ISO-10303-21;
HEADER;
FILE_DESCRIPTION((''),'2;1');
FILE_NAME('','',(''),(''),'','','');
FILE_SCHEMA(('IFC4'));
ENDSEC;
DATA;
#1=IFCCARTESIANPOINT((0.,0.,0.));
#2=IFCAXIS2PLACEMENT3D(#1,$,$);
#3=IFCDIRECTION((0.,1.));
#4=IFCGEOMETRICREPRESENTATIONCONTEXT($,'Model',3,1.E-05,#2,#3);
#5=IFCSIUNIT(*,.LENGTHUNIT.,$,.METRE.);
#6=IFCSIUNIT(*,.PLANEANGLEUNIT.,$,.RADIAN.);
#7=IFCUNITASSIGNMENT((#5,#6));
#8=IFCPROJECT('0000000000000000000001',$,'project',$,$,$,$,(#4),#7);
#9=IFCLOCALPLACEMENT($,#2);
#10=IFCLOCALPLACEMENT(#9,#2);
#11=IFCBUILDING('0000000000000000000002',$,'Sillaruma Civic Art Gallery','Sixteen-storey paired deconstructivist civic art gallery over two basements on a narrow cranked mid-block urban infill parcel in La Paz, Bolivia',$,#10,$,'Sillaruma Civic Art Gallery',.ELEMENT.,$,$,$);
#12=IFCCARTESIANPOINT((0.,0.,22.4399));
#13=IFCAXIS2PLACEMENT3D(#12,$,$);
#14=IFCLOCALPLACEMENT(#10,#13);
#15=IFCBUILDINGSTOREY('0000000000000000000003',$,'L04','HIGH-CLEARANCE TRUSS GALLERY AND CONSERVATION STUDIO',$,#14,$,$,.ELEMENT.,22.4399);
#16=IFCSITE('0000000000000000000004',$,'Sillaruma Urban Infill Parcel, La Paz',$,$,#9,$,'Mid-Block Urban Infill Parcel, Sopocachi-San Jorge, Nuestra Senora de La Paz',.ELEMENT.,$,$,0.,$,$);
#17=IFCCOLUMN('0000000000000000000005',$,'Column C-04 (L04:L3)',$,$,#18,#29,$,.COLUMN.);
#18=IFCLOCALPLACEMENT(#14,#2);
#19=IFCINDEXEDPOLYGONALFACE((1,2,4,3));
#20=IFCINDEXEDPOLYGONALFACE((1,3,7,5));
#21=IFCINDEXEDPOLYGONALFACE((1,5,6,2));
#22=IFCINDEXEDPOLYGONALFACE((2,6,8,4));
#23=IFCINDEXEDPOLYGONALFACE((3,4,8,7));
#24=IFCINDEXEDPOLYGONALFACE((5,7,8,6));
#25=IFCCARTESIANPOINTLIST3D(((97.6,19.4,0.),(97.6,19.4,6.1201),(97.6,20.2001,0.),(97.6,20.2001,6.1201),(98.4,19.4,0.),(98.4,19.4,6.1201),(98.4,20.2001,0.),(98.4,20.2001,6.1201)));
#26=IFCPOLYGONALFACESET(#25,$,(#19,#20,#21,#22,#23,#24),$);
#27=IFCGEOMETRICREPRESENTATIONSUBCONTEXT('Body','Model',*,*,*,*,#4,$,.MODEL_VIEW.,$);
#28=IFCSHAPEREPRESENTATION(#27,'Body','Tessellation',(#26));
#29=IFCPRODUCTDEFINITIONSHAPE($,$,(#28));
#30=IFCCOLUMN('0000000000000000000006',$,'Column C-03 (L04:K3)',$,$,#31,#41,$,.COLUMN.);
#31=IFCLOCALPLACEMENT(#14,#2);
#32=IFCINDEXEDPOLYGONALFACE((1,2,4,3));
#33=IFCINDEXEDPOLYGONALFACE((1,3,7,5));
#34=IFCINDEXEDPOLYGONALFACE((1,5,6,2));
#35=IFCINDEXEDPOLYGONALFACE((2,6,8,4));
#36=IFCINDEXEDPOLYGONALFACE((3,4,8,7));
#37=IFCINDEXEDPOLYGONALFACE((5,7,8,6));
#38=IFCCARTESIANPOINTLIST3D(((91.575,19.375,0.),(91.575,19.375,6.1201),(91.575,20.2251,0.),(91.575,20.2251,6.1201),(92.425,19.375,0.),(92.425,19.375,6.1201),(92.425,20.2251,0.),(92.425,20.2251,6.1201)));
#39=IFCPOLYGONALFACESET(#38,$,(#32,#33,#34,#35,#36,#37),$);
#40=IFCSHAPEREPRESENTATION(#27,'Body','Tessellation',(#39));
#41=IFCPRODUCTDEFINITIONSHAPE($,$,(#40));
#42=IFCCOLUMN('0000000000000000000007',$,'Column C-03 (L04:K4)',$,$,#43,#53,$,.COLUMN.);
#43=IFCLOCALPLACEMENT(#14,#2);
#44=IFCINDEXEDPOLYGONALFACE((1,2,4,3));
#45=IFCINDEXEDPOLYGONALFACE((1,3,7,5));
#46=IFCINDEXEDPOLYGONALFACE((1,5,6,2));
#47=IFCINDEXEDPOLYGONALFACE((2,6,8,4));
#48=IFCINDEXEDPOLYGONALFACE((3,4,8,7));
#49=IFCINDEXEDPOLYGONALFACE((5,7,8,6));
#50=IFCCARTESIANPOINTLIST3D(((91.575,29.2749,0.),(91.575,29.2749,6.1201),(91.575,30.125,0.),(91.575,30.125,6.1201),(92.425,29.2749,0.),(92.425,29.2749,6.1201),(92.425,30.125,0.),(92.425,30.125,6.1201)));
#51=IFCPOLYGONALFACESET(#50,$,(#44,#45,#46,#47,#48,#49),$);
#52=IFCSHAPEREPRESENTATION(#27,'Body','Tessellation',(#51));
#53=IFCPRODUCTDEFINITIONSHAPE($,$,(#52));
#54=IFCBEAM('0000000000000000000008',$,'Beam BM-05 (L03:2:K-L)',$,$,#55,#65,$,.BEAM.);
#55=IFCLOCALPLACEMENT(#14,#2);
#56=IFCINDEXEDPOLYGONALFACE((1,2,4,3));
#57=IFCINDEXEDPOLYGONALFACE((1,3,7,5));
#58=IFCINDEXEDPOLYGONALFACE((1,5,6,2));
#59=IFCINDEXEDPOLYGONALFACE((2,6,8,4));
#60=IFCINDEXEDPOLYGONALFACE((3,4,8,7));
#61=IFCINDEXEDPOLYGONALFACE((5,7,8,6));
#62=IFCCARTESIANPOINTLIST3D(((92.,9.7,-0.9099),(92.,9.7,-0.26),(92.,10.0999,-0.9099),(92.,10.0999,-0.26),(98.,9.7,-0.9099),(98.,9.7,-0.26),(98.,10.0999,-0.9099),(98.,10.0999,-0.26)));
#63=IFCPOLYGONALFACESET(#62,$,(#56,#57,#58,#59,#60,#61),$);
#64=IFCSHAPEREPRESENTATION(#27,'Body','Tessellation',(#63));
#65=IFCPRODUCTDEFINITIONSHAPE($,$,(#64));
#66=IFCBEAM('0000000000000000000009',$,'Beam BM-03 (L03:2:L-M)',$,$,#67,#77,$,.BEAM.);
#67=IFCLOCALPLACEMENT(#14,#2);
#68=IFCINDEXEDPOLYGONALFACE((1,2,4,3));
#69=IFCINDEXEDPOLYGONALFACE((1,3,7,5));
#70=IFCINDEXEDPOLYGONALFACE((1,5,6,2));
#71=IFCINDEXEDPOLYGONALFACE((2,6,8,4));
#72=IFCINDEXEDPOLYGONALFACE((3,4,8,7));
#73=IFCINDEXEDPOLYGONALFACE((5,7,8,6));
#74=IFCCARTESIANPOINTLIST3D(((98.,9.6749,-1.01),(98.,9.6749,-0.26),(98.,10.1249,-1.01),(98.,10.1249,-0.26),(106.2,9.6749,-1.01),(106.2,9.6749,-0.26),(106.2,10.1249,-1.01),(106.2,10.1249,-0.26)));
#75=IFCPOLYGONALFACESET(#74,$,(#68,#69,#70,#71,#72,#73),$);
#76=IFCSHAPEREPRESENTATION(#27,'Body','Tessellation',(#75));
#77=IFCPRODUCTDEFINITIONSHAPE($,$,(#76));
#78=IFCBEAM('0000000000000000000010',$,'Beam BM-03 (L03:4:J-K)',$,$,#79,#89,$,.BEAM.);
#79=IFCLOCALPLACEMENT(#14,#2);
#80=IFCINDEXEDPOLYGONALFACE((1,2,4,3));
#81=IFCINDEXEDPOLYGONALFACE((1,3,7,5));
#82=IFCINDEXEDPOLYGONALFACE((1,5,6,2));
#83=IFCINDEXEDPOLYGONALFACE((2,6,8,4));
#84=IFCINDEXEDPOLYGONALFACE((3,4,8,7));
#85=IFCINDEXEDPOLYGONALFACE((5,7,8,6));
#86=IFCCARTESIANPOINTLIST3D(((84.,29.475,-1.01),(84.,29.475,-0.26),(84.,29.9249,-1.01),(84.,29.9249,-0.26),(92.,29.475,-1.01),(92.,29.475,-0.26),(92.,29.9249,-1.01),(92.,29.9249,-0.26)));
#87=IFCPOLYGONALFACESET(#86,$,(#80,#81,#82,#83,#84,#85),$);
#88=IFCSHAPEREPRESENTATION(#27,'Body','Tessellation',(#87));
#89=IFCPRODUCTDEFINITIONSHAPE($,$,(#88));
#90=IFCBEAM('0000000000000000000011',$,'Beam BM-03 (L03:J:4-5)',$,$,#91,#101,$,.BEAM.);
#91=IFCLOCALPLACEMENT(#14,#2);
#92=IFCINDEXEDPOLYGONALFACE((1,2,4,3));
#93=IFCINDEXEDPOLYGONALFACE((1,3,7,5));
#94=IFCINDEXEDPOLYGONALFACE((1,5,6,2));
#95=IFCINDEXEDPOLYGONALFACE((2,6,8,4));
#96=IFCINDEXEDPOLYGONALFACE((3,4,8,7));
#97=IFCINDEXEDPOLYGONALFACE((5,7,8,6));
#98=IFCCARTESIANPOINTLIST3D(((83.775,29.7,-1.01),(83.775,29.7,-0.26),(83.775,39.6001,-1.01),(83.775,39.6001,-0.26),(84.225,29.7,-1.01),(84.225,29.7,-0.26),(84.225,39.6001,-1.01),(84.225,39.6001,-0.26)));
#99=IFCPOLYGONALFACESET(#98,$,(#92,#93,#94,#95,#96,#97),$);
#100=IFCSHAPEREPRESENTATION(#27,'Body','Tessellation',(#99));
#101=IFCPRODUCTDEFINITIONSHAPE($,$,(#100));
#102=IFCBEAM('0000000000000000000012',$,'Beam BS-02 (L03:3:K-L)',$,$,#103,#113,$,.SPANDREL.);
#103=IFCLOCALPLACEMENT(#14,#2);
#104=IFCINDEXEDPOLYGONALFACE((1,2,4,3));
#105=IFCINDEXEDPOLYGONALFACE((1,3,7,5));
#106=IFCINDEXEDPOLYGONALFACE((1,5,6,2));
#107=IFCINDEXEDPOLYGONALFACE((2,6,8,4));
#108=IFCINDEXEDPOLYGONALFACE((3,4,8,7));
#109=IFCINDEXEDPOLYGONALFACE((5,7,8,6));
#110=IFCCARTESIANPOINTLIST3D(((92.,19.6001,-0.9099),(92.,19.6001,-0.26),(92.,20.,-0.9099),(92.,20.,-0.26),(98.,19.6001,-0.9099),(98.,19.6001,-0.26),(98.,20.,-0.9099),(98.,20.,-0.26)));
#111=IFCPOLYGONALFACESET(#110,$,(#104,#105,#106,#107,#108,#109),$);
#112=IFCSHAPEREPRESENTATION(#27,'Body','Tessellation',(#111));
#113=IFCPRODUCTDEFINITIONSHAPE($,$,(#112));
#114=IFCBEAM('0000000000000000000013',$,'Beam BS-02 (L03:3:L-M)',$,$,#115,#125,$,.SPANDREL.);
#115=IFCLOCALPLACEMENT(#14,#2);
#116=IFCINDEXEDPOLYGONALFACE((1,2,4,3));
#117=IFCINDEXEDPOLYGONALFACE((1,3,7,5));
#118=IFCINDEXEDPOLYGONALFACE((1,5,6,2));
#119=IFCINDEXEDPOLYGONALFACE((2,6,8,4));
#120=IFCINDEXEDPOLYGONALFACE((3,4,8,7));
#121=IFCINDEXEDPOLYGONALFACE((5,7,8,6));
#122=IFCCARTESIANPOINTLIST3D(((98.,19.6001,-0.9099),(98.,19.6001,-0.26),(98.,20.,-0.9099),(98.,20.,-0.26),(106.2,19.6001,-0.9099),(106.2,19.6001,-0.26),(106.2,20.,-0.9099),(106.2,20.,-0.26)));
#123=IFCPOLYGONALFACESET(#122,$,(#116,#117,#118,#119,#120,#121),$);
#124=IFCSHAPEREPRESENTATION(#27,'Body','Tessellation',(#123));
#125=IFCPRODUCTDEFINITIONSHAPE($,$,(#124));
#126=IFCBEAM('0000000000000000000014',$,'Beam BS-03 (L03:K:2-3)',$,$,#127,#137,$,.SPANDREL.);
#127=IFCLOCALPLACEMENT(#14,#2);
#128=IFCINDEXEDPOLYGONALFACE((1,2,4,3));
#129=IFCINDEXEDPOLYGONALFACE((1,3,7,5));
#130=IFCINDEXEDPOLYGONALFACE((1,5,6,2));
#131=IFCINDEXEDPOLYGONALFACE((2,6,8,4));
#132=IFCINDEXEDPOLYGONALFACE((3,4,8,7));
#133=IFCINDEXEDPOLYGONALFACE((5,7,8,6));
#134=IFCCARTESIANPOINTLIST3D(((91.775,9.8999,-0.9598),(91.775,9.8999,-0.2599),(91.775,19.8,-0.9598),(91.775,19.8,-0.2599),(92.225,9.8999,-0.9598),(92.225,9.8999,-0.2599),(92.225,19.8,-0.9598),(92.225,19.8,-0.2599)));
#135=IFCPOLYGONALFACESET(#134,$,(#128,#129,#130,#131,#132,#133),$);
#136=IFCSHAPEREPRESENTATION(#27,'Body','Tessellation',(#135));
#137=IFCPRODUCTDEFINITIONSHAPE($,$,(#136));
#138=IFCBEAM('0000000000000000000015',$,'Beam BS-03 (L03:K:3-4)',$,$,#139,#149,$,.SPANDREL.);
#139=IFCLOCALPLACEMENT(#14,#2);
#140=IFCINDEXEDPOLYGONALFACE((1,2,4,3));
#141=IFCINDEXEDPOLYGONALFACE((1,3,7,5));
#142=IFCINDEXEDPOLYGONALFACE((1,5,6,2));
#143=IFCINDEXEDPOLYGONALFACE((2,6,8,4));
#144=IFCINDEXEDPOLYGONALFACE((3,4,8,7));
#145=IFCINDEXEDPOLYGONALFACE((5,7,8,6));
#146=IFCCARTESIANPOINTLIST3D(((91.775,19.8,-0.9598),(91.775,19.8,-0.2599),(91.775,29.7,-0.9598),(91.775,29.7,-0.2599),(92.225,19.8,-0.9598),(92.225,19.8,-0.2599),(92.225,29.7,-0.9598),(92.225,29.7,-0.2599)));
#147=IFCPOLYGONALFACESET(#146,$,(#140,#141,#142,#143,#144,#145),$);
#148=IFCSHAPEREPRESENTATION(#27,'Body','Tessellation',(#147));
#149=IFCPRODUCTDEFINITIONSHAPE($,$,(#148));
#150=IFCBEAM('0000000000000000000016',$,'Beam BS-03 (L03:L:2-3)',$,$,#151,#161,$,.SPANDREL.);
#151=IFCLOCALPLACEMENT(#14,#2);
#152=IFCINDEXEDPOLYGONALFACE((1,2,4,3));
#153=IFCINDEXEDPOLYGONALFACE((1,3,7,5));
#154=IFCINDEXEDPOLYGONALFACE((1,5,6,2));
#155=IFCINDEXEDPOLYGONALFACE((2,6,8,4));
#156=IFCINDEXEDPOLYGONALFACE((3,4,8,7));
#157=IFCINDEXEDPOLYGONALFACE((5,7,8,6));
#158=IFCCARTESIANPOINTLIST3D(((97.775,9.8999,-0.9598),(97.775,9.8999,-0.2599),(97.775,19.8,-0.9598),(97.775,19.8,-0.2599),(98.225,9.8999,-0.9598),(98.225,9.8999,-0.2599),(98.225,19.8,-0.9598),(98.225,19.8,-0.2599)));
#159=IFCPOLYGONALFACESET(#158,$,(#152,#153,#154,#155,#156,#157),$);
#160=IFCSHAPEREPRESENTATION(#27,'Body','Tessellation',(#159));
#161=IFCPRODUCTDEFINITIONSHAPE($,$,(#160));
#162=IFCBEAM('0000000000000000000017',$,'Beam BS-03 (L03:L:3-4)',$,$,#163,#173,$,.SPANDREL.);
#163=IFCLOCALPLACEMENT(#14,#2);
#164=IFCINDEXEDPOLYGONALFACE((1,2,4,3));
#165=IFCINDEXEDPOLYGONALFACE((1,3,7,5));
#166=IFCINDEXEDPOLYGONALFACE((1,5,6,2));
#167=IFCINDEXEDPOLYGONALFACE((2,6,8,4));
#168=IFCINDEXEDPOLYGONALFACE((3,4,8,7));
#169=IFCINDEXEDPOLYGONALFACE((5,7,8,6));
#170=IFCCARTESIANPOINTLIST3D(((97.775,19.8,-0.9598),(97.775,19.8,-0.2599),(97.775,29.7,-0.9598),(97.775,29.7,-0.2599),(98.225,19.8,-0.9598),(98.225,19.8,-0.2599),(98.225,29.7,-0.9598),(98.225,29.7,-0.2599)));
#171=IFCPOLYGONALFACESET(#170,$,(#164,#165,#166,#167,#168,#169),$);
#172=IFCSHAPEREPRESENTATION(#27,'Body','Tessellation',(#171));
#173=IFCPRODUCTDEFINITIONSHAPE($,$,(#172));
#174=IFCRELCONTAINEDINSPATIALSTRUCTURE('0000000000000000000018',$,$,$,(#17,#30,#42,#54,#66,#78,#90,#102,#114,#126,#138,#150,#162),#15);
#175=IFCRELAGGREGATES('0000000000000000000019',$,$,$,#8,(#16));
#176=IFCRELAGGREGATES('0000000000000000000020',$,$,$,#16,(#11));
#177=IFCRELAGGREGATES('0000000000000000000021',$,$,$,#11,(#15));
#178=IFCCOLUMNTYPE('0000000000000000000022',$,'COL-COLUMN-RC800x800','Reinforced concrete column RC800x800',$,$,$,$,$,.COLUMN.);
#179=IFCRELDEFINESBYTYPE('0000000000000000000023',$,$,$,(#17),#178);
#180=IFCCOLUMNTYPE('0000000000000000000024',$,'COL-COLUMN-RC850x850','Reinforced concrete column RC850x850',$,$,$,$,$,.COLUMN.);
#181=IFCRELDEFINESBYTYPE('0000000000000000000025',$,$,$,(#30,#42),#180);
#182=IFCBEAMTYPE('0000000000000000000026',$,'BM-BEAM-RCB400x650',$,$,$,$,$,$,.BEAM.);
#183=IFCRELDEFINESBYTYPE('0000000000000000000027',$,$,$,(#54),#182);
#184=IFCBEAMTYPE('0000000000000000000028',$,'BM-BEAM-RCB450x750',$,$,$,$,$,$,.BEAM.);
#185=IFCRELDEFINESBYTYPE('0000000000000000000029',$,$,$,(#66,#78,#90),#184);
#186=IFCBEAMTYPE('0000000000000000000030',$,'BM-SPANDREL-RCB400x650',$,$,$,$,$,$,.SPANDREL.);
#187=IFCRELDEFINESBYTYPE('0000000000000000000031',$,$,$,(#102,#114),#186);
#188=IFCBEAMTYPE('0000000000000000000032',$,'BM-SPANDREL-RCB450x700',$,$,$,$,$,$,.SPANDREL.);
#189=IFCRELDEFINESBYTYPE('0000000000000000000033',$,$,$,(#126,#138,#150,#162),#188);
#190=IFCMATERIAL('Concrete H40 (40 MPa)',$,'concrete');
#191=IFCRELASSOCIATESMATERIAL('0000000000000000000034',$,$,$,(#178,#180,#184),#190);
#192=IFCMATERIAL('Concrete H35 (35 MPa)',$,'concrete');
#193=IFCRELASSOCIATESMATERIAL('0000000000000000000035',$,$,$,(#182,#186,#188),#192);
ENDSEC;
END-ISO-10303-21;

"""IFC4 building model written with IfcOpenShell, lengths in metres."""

from ifc_helpers import new_model, si_unit, direction, frame, origin, origin_2d, place, context, subcontext, project, spatial, rectangle, extrude, material, material_profile, profile_set, type_object, element, save


model = new_model("IFC4")

# Units and contexts
model_context = context("Model", 3, precision=1e-05, world=origin(), true_north=direction((0.0, 1.0)))
body_context = subcontext(model_context, "Body", "Model", "MODEL_VIEW")
ifc_project = project(units=[si_unit("LENGTHUNIT", "METRE"), si_unit("PLANEANGLEUNIT", "RADIAN")], contexts=[model_context])

# Site, building, storey
site_placement = place(None, origin())
site = spatial("IfcSite", under=ifc_project, at=site_placement, Name="Sillaruma Urban Infill Parcel, La Paz", LongName="Mid-Block Urban Infill Parcel, Sopocachi-San Jorge, Nuestra Senora de La Paz", CompositionType="ELEMENT", RefElevation=0.0)
building_placement = place(site_placement, origin())
building = spatial("IfcBuilding", under=site, at=building_placement, Name="Sillaruma Civic Art Gallery", Description="Sixteen-storey paired deconstructivist civic art gallery over two basements on a narrow cranked mid-block urban infill parcel in La Paz, Bolivia", LongName="Sillaruma Civic Art Gallery", CompositionType="ELEMENT")
storey_placement = place(building_placement, frame((0.0, 0.0, 22.4399)))
storey = spatial("IfcBuildingStorey", under=building, at=storey_placement, Name="L04", Description="HIGH-CLEARANCE TRUSS GALLERY AND CONSERVATION STUDIO", CompositionType="ELEMENT", Elevation=22.4399)

# Columns
ifc_material_1 = material(Name="Concrete H40 (40 MPa)", Category="concrete")
ifc_material_profile_1 = material_profile(ifc_material_1, rectangle(XDim=0.8, YDim=0.8, at=origin_2d()), Name="RC800x800")
ifc_profile_set_1 = profile_set([ifc_material_profile_1], Name="Concrete H40 (40 MPa)")
column_type_1 = type_object("IfcColumnType", Name="COL-COLUMN-RC800x800", Description="Reinforced concrete column RC800x800", PredefinedType="COLUMN", material=ifc_profile_set_1)
column_placement = place(storey_placement, frame((98.0, 19.8, 0.0), z_axis=(0.0, 0.0, 1.0), x_axis=(1.0, 0.0, 0.0)))
element("IfcColumn", 1, at=column_placement, inside=storey, type_object=column_type_1, Name="Column C-04 (L04:L3)", PredefinedType="COLUMN", context=body_context, shape_type="SweptSolid", body=[
    extrude(rectangle(XDim=0.8, YDim=0.8, at=origin_2d()), origin(), (0.0, 0.0, 1.0), 6.1201),
])
ifc_material_profile_2 = material_profile(ifc_material_1, rectangle(XDim=0.8501, YDim=0.8501, at=origin_2d()), Name="RC850x850")
ifc_profile_set_2 = profile_set([ifc_material_profile_2], Name="Concrete H40 (40 MPa)")
column_type_2 = type_object("IfcColumnType", Name="COL-COLUMN-RC850x850", Description="Reinforced concrete column RC850x850", PredefinedType="COLUMN", material=ifc_profile_set_2)
for number, where, z_axis, x_axis, name in (
    (2, (92.0, 19.8, 0.0), (0.0, 0.0, 1.0), (1.0, 0.0, 0.0), "Column C-03 (L04:K3)"),
    (3, (92.0, 29.7, 0.0), (0.0, 0.0, 1.0), (1.0, 0.0, 0.0), "Column C-03 (L04:K4)"),
):
    element("IfcColumn", number, at=place(storey_placement, frame(where, z_axis=z_axis, x_axis=x_axis)), inside=storey, type_object=column_type_2, Name=name, PredefinedType="COLUMN", context=body_context, shape_type="SweptSolid", body=[
        extrude(rectangle(XDim=0.8501, YDim=0.8501, at=origin_2d()), origin(), (0.0, 0.0, 1.0), 6.1201),
    ])

# Beams
ifc_material_2 = material(Name="Concrete H35 (35 MPa)", Category="concrete")
ifc_material_profile_3 = material_profile(ifc_material_2, rectangle(XDim=0.3999, YDim=0.6499, at=origin_2d()), Name="RCB400x650")
ifc_profile_set_3 = profile_set([ifc_material_profile_3], Name="Concrete H35 (35 MPa)")
beam_type_1 = type_object("IfcBeamType", Name="BM-BEAM-RCB400x650", PredefinedType="BEAM", material=ifc_profile_set_3)
beam_1_placement = place(storey_placement, frame((92.0, 9.8999, -0.585), z_axis=(1.0, 0.0, 0.0), x_axis=(0.0, 1.0, 0.0)))
element("IfcBeam", 4, at=beam_1_placement, inside=storey, type_object=beam_type_1, Name="Beam BM-05 (L03:2:K-L)", PredefinedType="BEAM", context=body_context, shape_type="SweptSolid", body=[
    extrude(rectangle(XDim=0.3999, YDim=0.6499, at=origin_2d()), origin(), (0.0, 0.0, 1.0), 6.0),
])
ifc_material_profile_4 = material_profile(ifc_material_1, rectangle(XDim=0.45, YDim=0.75, at=origin_2d()), Name="RCB450x750")
ifc_profile_set_4 = profile_set([ifc_material_profile_4], Name="Concrete H40 (40 MPa)")
beam_type_2 = type_object("IfcBeamType", Name="BM-BEAM-RCB450x750", PredefinedType="BEAM", material=ifc_profile_set_4)
beam_2_placement = place(storey_placement, frame((98.0, 9.8999, -0.635), z_axis=(1.0, 0.0, 0.0), x_axis=(0.0, 1.0, 0.0)))
element("IfcBeam", 5, at=beam_2_placement, inside=storey, type_object=beam_type_2, Name="Beam BM-03 (L03:2:L-M)", PredefinedType="BEAM", context=body_context, shape_type="SweptSolid", body=[
    extrude(rectangle(XDim=0.45, YDim=0.75, at=origin_2d()), origin(), (0.0, 0.0, 1.0), 8.2),
])
beam_3_placement = place(storey_placement, frame((84.0, 29.7, -0.635), z_axis=(1.0, 0.0, 0.0), x_axis=(0.0, 1.0, 0.0)))
element("IfcBeam", 6, at=beam_3_placement, inside=storey, type_object=beam_type_2, Name="Beam BM-03 (L03:4:J-K)", PredefinedType="BEAM", context=body_context, shape_type="SweptSolid", body=[
    extrude(rectangle(XDim=0.45, YDim=0.75, at=origin_2d()), origin(), (0.0, 0.0, 1.0), 8.0),
])
beam_4_placement = place(storey_placement, frame((84.0, 29.7, -0.635), z_axis=(0.0, 1.0, 0.0), x_axis=(-1.0, 0.0, 0.0)))
element("IfcBeam", 7, at=beam_4_placement, inside=storey, type_object=beam_type_2, Name="Beam BM-03 (L03:J:4-5)", PredefinedType="BEAM", context=body_context, shape_type="SweptSolid", body=[
    extrude(rectangle(XDim=0.45, YDim=0.75, at=origin_2d()), origin(), (0.0, 0.0, 1.0), 9.9001),
])
ifc_material_profile_5 = material_profile(ifc_material_2, rectangle(XDim=0.3999, YDim=0.6499, at=origin_2d()), Name="RCB400x650")
ifc_profile_set_5 = profile_set([ifc_material_profile_5], Name="Concrete H35 (35 MPa)")
beam_type_3 = type_object("IfcBeamType", Name="BM-SPANDREL-RCB400x650", PredefinedType="SPANDREL", material=ifc_profile_set_5)
beam_5_placement = place(storey_placement, frame((92.0, 19.8, -0.585), z_axis=(1.0, 0.0, 0.0), x_axis=(0.0, 1.0, 0.0)))
element("IfcBeam", 8, at=beam_5_placement, inside=storey, type_object=beam_type_3, Name="Beam BS-02 (L03:3:K-L)", PredefinedType="SPANDREL", context=body_context, shape_type="SweptSolid", body=[
    extrude(rectangle(XDim=0.3999, YDim=0.6499, at=origin_2d()), origin(), (0.0, 0.0, 1.0), 6.0),
])
beam_6_placement = place(storey_placement, frame((98.0, 19.8, -0.585), z_axis=(1.0, 0.0, 0.0), x_axis=(0.0, 1.0, 0.0)))
element("IfcBeam", 9, at=beam_6_placement, inside=storey, type_object=beam_type_3, Name="Beam BS-02 (L03:3:L-M)", PredefinedType="SPANDREL", context=body_context, shape_type="SweptSolid", body=[
    extrude(rectangle(XDim=0.3999, YDim=0.6499, at=origin_2d()), origin(), (0.0, 0.0, 1.0), 8.2),
])
ifc_material_profile_6 = material_profile(ifc_material_2, rectangle(XDim=0.45, YDim=0.7, at=origin_2d()), Name="RCB450x700")
ifc_profile_set_6 = profile_set([ifc_material_profile_6], Name="Concrete H35 (35 MPa)")
beam_type_4 = type_object("IfcBeamType", Name="BM-SPANDREL-RCB450x700", PredefinedType="SPANDREL", material=ifc_profile_set_6)
beam_7_placement = place(storey_placement, frame((92.0, 9.8999, -0.6099), z_axis=(0.0, 1.0, 0.0), x_axis=(-1.0, 0.0, 0.0)))
element("IfcBeam", 10, at=beam_7_placement, inside=storey, type_object=beam_type_4, Name="Beam BS-03 (L03:K:2-3)", PredefinedType="SPANDREL", context=body_context, shape_type="SweptSolid", body=[
    extrude(rectangle(XDim=0.45, YDim=0.7, at=origin_2d()), origin(), (0.0, 0.0, 1.0), 9.9001),
])
beam_8_placement = place(storey_placement, frame((92.0, 19.8, -0.6099), z_axis=(0.0, 1.0, 0.0), x_axis=(-1.0, 0.0, 0.0)))
element("IfcBeam", 11, at=beam_8_placement, inside=storey, type_object=beam_type_4, Name="Beam BS-03 (L03:K:3-4)", PredefinedType="SPANDREL", context=body_context, shape_type="SweptSolid", body=[
    extrude(rectangle(XDim=0.45, YDim=0.7, at=origin_2d()), origin(), (0.0, 0.0, 1.0), 9.8999),
])
beam_9_placement = place(storey_placement, frame((98.0, 9.8999, -0.6099), z_axis=(0.0, 1.0, 0.0), x_axis=(-1.0, 0.0, 0.0)))
element("IfcBeam", 12, at=beam_9_placement, inside=storey, type_object=beam_type_4, Name="Beam BS-03 (L03:L:2-3)", PredefinedType="SPANDREL", context=body_context, shape_type="SweptSolid", body=[
    extrude(rectangle(XDim=0.45, YDim=0.7, at=origin_2d()), origin(), (0.0, 0.0, 1.0), 9.9001),
])
beam_10_placement = place(storey_placement, frame((98.0, 19.8, -0.6099), z_axis=(0.0, 1.0, 0.0), x_axis=(-1.0, 0.0, 0.0)))
element("IfcBeam", 13, at=beam_10_placement, inside=storey, type_object=beam_type_4, Name="Beam BS-03 (L03:L:3-4)", PredefinedType="SPANDREL", context=body_context, shape_type="SweptSolid", body=[
    extrude(rectangle(XDim=0.45, YDim=0.7, at=origin_2d()), origin(), (0.0, 0.0, 1.0), 9.8999),
])

save(model, "model.ifc")
